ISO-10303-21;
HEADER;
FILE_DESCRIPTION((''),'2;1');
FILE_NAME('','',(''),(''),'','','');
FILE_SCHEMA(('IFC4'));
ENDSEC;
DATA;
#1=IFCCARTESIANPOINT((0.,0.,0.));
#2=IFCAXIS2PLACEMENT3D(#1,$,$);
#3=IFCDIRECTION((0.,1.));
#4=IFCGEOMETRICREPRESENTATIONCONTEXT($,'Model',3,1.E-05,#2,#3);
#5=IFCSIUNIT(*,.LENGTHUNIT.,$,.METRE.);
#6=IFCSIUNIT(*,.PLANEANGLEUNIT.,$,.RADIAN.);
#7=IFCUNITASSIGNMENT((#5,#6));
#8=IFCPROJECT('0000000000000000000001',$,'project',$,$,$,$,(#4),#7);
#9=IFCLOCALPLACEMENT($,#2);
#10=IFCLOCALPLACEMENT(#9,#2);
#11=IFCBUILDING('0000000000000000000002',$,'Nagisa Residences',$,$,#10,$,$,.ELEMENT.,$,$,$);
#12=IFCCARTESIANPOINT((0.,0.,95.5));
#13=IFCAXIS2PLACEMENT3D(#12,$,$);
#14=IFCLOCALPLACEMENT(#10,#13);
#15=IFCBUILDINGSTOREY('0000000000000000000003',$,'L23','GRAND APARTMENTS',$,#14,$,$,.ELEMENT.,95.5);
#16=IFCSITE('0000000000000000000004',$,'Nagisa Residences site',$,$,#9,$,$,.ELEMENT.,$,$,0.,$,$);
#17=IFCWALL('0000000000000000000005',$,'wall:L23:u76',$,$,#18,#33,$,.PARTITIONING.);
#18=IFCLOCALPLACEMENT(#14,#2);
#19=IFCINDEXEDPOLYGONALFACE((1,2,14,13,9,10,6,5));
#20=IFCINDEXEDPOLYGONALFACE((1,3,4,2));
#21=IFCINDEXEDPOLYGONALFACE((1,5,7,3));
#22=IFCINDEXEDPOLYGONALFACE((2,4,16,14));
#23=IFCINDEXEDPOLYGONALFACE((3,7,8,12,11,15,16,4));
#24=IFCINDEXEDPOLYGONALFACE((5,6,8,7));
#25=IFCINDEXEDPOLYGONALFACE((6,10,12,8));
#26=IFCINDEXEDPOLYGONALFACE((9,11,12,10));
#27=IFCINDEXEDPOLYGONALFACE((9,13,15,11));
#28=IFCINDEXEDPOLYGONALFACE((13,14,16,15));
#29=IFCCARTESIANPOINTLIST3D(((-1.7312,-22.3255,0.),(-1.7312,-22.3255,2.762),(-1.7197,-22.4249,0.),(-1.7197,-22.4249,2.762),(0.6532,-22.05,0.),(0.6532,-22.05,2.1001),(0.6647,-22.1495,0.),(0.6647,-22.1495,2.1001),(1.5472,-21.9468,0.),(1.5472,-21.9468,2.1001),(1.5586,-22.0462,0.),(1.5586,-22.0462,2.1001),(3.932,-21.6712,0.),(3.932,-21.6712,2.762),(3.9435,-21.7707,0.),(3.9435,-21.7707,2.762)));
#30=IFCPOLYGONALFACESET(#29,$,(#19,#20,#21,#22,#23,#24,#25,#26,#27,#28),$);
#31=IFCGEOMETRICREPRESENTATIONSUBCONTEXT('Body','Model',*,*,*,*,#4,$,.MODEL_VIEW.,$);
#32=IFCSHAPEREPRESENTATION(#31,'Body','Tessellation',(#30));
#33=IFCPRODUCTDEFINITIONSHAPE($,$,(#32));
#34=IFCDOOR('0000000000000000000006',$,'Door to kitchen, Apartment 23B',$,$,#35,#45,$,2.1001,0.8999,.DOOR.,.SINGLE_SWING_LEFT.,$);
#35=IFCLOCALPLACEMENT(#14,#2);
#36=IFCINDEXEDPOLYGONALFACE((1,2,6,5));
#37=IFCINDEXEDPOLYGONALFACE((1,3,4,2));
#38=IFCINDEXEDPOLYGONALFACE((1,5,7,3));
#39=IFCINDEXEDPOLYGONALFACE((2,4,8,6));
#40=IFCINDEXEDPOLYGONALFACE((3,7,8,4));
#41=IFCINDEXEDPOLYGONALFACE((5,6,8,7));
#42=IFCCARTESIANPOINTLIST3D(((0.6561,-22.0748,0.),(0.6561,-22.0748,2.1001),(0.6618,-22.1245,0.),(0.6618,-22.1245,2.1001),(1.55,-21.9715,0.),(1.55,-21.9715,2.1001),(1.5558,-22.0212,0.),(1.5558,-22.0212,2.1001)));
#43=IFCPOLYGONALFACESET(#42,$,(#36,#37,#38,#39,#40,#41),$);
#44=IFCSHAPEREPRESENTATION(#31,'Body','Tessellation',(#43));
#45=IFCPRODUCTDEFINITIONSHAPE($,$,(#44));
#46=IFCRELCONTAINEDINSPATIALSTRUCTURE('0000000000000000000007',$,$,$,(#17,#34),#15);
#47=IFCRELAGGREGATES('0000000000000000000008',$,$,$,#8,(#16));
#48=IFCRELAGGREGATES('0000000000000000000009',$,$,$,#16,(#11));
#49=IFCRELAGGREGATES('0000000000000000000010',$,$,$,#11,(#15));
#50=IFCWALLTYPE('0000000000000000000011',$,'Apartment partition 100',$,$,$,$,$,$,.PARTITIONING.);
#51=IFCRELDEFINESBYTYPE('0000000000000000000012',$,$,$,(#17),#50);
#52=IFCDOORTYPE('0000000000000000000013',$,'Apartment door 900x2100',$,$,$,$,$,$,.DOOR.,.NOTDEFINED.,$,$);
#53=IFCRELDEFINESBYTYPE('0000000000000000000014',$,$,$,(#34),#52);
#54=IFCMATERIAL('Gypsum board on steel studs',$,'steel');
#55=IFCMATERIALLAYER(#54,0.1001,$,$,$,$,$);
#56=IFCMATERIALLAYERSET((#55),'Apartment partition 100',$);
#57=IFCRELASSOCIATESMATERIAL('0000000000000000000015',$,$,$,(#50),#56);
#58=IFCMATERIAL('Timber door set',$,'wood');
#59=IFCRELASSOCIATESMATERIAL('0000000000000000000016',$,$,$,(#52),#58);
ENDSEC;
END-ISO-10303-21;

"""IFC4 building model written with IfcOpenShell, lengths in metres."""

from ifc_helpers import new_model, si_unit, direction, frame, frame_2d, origin, place, context, subcontext, project, spatial, rectangle, extrude, material, layer, layer_set, type_object, element, fill, save


model = new_model("IFC4")

# Units and contexts
model_context = context("Model", 3, precision=1e-05, world=origin(), true_north=direction((0.0, 1.0)))
body_context = subcontext(model_context, "Body", "Model", "MODEL_VIEW")
ifc_project = project(units=[si_unit("LENGTHUNIT", "METRE"), si_unit("PLANEANGLEUNIT", "RADIAN")], contexts=[model_context])

# Site, building, storey
site_placement = place(None, origin())
site = spatial("IfcSite", under=ifc_project, at=site_placement, Name="Nagisa Residences site", CompositionType="ELEMENT", RefElevation=0.0)
building_placement = place(site_placement, origin())
building = spatial("IfcBuilding", under=site, at=building_placement, Name="Nagisa Residences", CompositionType="ELEMENT")
storey_placement = place(building_placement, frame((0.0, 0.0, 95.5)))
storey = spatial("IfcBuildingStorey", under=building, at=storey_placement, Name="L23", Description="GRAND APARTMENTS", CompositionType="ELEMENT", Elevation=95.5)

# Shared definitions
ifc_material_1 = material(Name="Gypsum board on steel studs", Category="steel")
ifc_layer_1 = layer(ifc_material_1, 0.1001)
ifc_layer_set_1 = layer_set([ifc_layer_1], Name="Apartment partition 100")
wall_type_1 = type_object("IfcWallType", Name="Apartment partition 100", PredefinedType="PARTITIONING", material=ifc_layer_set_1)

# Shared definitions
ifc_material_2 = material(Name="Timber door set", Category="wood")
door_type_1 = type_object("IfcDoorType", Name="Apartment door 900x2100", OperationType="NOTDEFINED", PredefinedType="DOOR", material=ifc_material_2)

# Wall, opening, door
wall_1_placement = place(storey_placement, frame((-1.7256, -22.3752, 0.0), z_axis=(0.0, 0.0, 1.0), x_axis=(0.993392, 0.114769, 0.0)))
wall_1 = element("IfcWall", 1, at=wall_1_placement, inside=storey, type_object=wall_type_1, Name="wall:L23:u76", PredefinedType="PARTITIONING", context=body_context, shape_type="SweptSolid", body=[
    extrude(rectangle(XDim=5.7009, YDim=0.1001, at=frame_2d((2.8506, 0.0))), origin(), (0.0, 0.0, 1.0), 2.762),
])
opening_1_placement = place(wall_1_placement, frame((2.4004, 0.0, 0.0)))
opening_1 = element("IfcOpeningElement", 2, at=opening_1_placement, cuts=wall_1, PredefinedType="OPENING", context=body_context, shape_type="SweptSolid", body=[
    extrude(rectangle(XDim=0.8999, YDim=2.1001, at=frame_2d((0.45, 1.05))), frame((0.0, 0.0601, 0.0), z_axis=(0.0, -1.0, 0.0), x_axis=(1.0, 0.0, 0.0)), (0.0, 0.0, 1.0), 0.1201),
])
door_1_placement = place(opening_1_placement, frame((0.8999, 0.0, 0.0), x_axis=(-1.0, 0.0, 0.0)))
door_1 = element("IfcDoor", 3, at=door_1_placement, inside=storey, type_object=door_type_1, Name="Door to kitchen, Apartment 23B", OperationType="SINGLE_SWING_LEFT", OverallHeight=2.1001, OverallWidth=0.8999, PredefinedType="DOOR", context=body_context, shape_type="SweptSolid", body=[
    extrude(rectangle(XDim=0.8999, YDim=2.1001, at=frame_2d((0.45, 1.05))), frame((0.0, 0.0249, 0.0), z_axis=(0.0, -1.0, 0.0), x_axis=(1.0, 0.0, 0.0)), (0.0, 0.0, 1.0), 0.05),
])
fill(opening_1, door_1)

save(model, "model.ifc")
